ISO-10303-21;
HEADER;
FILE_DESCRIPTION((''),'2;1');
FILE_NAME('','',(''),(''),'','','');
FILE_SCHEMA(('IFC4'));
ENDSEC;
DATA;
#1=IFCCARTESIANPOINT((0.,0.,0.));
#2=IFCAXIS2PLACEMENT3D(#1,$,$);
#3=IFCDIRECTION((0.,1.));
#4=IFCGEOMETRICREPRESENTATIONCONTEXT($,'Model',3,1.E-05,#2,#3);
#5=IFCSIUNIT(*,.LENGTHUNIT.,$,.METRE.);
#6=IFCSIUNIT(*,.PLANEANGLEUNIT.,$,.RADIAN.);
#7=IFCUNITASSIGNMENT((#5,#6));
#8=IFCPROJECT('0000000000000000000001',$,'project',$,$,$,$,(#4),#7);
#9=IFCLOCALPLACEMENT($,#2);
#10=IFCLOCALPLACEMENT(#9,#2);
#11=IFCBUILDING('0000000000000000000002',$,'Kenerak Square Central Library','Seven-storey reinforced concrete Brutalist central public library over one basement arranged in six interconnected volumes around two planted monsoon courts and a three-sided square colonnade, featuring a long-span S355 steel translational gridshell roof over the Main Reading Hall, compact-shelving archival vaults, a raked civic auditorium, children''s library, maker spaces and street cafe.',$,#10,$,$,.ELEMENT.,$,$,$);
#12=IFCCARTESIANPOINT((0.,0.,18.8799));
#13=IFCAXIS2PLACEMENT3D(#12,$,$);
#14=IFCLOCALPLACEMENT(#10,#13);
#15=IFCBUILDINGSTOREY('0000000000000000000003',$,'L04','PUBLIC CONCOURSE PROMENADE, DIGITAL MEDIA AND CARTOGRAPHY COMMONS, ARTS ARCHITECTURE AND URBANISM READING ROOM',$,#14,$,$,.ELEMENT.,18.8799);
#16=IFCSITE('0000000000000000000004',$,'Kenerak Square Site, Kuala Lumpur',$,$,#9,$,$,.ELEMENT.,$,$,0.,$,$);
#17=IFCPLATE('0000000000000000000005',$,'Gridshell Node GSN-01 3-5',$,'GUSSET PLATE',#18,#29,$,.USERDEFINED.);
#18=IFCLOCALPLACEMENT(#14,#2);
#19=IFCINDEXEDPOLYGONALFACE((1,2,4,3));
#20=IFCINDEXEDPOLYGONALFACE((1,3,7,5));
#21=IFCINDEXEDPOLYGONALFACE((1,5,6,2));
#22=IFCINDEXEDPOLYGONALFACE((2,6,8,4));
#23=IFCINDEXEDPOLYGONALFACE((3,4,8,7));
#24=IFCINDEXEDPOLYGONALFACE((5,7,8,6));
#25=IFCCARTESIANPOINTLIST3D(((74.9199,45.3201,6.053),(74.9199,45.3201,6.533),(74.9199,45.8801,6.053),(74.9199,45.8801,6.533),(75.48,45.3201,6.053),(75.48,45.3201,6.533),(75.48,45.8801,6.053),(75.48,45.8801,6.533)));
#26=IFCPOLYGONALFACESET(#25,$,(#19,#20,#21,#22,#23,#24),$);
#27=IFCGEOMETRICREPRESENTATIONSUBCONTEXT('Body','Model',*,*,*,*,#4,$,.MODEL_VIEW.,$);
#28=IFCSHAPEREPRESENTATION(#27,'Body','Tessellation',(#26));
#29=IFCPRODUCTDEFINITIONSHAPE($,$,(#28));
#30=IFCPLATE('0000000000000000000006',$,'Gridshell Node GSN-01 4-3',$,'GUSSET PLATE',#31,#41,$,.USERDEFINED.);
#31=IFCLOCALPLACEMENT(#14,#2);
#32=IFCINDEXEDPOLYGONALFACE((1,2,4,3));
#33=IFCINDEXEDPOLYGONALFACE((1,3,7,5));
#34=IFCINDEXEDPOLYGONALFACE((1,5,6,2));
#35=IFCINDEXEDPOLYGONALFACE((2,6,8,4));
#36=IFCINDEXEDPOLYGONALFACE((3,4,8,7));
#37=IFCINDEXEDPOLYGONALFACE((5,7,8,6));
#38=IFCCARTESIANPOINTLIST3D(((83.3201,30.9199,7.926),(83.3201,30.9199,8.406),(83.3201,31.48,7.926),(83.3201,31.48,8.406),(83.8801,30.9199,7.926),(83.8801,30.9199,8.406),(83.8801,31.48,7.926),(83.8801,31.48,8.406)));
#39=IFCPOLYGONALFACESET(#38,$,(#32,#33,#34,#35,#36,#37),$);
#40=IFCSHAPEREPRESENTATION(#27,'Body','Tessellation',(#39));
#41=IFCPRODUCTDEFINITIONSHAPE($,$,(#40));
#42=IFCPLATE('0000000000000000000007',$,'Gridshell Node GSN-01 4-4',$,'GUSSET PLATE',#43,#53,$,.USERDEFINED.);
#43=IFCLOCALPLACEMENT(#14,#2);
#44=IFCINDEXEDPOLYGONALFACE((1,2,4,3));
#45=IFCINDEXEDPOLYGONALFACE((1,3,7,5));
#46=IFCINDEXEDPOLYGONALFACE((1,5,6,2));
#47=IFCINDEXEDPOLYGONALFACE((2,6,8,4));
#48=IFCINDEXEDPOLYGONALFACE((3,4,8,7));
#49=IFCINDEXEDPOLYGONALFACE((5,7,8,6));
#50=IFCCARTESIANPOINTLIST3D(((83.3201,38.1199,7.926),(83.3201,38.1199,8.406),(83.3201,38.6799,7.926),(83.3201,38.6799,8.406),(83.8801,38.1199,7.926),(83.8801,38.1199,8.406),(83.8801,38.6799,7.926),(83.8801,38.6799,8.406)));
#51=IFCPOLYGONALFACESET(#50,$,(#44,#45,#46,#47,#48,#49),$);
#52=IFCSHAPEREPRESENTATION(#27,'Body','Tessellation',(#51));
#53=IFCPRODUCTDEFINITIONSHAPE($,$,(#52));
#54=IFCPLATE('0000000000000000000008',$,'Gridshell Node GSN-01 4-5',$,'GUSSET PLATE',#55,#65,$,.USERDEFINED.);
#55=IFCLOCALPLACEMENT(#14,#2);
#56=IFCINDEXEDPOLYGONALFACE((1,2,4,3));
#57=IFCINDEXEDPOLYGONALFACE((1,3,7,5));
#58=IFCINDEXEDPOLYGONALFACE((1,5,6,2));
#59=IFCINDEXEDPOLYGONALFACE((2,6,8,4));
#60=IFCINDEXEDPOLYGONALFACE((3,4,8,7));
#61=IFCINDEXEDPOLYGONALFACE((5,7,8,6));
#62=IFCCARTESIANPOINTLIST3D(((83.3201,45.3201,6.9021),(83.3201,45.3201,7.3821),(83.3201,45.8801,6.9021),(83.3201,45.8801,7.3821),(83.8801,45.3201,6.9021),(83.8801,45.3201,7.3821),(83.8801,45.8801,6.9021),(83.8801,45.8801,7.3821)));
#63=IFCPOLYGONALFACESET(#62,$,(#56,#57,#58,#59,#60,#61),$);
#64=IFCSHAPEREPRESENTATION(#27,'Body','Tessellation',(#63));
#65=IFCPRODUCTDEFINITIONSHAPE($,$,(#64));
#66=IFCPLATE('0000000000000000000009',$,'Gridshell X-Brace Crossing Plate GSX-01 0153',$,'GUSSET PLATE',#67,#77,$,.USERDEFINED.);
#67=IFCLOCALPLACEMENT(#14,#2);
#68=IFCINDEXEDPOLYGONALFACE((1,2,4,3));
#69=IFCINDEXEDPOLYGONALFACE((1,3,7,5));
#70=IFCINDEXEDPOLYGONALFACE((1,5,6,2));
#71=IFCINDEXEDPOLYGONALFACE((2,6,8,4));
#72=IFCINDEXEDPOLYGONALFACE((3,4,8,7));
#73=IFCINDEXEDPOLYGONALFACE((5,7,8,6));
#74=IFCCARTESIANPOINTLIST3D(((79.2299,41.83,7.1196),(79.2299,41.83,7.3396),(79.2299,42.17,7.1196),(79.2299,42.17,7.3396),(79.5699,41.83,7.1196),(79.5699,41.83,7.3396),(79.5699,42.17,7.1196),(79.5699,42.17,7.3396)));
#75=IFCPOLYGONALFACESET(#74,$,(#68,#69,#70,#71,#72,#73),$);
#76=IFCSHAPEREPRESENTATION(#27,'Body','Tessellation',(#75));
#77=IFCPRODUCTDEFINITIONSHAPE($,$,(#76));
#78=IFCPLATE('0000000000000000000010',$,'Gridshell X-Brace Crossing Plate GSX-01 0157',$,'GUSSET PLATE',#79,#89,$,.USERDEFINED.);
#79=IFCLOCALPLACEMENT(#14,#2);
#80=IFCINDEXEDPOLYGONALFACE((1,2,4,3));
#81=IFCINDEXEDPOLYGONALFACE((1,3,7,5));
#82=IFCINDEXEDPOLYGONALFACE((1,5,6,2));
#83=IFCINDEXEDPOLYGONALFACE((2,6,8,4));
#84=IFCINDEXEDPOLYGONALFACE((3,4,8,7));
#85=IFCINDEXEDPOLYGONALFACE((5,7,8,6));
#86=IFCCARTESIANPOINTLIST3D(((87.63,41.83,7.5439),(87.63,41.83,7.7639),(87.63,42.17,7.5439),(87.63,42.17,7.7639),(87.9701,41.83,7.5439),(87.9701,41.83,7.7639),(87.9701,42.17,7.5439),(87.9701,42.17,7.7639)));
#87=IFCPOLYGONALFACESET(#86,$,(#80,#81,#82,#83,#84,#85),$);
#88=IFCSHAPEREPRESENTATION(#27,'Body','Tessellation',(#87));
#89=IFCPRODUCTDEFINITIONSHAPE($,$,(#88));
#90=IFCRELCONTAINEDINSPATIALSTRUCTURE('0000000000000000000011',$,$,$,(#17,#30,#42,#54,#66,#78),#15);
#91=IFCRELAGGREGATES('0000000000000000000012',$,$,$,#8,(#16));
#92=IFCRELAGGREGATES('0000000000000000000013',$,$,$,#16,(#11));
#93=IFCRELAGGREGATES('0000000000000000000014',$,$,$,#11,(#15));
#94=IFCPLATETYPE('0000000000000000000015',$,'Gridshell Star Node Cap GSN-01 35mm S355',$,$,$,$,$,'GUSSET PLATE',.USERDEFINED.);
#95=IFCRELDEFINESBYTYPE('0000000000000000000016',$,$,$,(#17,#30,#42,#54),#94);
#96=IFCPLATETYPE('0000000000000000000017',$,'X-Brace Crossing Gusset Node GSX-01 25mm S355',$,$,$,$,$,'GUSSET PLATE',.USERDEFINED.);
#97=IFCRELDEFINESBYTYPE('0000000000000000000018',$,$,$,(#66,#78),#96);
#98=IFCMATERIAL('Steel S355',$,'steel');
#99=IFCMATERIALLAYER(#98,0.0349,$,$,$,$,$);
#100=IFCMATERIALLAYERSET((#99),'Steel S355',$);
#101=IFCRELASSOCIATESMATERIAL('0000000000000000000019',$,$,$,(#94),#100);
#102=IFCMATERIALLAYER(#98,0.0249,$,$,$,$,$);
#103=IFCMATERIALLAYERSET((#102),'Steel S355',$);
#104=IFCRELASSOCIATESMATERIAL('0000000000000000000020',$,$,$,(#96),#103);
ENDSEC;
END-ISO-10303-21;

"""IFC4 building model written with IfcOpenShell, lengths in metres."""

from ifc_helpers import new_model, si_unit, direction, frame, origin, origin_2d, place, context, subcontext, project, spatial, rectangle, extrude, material, layer, layer_set, type_object, element, save


model = new_model("IFC4")

# Units and contexts
model_context = context("Model", 3, precision=1e-05, world=origin(), true_north=direction((0.0, 1.0)))
body_context = subcontext(model_context, "Body", "Model", "MODEL_VIEW")
ifc_project = project(units=[si_unit("LENGTHUNIT", "METRE"), si_unit("PLANEANGLEUNIT", "RADIAN")], contexts=[model_context])

# Site, building, storey
site_placement = place(None, origin())
site = spatial("IfcSite", under=ifc_project, at=site_placement, Name="Kenerak Square Site, Kuala Lumpur", CompositionType="ELEMENT", RefElevation=0.0)
building_placement = place(site_placement, origin())
building = spatial("IfcBuilding", under=site, at=building_placement, Name="Kenerak Square Central Library", Description="Seven-storey reinforced concrete Brutalist central public library over one basement arranged in six interconnected volumes around two planted monsoon courts and a three-sided square colonnade, featuring a long-span S355 steel translational gridshell roof over the Main Reading Hall, compact-shelving archival vaults, a raked civic auditorium, children's library, maker spaces and street cafe.", CompositionType="ELEMENT")
storey_placement = place(building_placement, frame((0.0, 0.0, 18.8799)))
storey = spatial("IfcBuildingStorey", under=building, at=storey_placement, Name="L04", Description="PUBLIC CONCOURSE PROMENADE, DIGITAL MEDIA AND CARTOGRAPHY COMMONS, ARTS ARCHITECTURE AND URBANISM READING ROOM", CompositionType="ELEMENT", Elevation=18.8799)

# Shared definitions
ifc_material = material(Name="Steel S355", Category="steel")

# Plates
ifc_layer_1 = layer(ifc_material, 0.0349)
ifc_layer_set_1 = layer_set([ifc_layer_1], Name="Steel S355")
plate_type_1 = type_object("IfcPlateType", Name="Gridshell Star Node Cap GSN-01 35mm S355", ElementType="GUSSET PLATE", PredefinedType="USERDEFINED", material=ifc_layer_set_1)
for number, where, z_axis, x_axis, name in (
    (1, (75.2, 45.6001, 6.053), (0.0, 0.0, 1.0), (1.0, 0.0, 0.0), "Gridshell Node GSN-01 3-5"),
    (2, (83.6001, 31.2, 7.926), (0.0, 0.0, 1.0), (1.0, 0.0, 0.0), "Gridshell Node GSN-01 4-3"),
    (3, (83.6001, 38.3999, 7.926), (0.0, 0.0, 1.0), (1.0, 0.0, 0.0), "Gridshell Node GSN-01 4-4"),
    (4, (83.6001, 45.6001, 6.9021), (0.0, 0.0, 1.0), (1.0, 0.0, 0.0), "Gridshell Node GSN-01 4-5"),
):
    element("IfcPlate", number, at=place(storey_placement, frame(where, z_axis=z_axis, x_axis=x_axis)), inside=storey, type_object=plate_type_1, Name=name, ObjectType="GUSSET PLATE", PredefinedType="USERDEFINED", context=body_context, shape_type="SweptSolid", body=[
        extrude(rectangle(XDim=0.5601, YDim=0.5601, at=origin_2d()), origin(), (0.0, 0.0, 1.0), 0.48),
    ])
ifc_layer_2 = layer(ifc_material, 0.0249)
ifc_layer_set_2 = layer_set([ifc_layer_2], Name="Steel S355")
plate_type_2 = type_object("IfcPlateType", Name="X-Brace Crossing Gusset Node GSX-01 25mm S355", ElementType="GUSSET PLATE", PredefinedType="USERDEFINED", material=ifc_layer_set_2)
for number, where, z_axis, x_axis, name in (
    (5, (79.3999, 42.0, 7.1196), (0.0, 0.0, 1.0), (1.0, 0.0, 0.0), "Gridshell X-Brace Crossing Plate GSX-01 0153"),
    (6, (87.8, 42.0, 7.5439), (0.0, 0.0, 1.0), (1.0, 0.0, 0.0), "Gridshell X-Brace Crossing Plate GSX-01 0157"),
):
    element("IfcPlate", number, at=place(storey_placement, frame(where, z_axis=z_axis, x_axis=x_axis)), inside=storey, type_object=plate_type_2, Name=name, ObjectType="GUSSET PLATE", PredefinedType="USERDEFINED", context=body_context, shape_type="SweptSolid", body=[
        extrude(rectangle(XDim=0.3401, YDim=0.3401, at=origin_2d()), origin(), (0.0, 0.0, 1.0), 0.22),
    ])

save(model, "model.ifc")
